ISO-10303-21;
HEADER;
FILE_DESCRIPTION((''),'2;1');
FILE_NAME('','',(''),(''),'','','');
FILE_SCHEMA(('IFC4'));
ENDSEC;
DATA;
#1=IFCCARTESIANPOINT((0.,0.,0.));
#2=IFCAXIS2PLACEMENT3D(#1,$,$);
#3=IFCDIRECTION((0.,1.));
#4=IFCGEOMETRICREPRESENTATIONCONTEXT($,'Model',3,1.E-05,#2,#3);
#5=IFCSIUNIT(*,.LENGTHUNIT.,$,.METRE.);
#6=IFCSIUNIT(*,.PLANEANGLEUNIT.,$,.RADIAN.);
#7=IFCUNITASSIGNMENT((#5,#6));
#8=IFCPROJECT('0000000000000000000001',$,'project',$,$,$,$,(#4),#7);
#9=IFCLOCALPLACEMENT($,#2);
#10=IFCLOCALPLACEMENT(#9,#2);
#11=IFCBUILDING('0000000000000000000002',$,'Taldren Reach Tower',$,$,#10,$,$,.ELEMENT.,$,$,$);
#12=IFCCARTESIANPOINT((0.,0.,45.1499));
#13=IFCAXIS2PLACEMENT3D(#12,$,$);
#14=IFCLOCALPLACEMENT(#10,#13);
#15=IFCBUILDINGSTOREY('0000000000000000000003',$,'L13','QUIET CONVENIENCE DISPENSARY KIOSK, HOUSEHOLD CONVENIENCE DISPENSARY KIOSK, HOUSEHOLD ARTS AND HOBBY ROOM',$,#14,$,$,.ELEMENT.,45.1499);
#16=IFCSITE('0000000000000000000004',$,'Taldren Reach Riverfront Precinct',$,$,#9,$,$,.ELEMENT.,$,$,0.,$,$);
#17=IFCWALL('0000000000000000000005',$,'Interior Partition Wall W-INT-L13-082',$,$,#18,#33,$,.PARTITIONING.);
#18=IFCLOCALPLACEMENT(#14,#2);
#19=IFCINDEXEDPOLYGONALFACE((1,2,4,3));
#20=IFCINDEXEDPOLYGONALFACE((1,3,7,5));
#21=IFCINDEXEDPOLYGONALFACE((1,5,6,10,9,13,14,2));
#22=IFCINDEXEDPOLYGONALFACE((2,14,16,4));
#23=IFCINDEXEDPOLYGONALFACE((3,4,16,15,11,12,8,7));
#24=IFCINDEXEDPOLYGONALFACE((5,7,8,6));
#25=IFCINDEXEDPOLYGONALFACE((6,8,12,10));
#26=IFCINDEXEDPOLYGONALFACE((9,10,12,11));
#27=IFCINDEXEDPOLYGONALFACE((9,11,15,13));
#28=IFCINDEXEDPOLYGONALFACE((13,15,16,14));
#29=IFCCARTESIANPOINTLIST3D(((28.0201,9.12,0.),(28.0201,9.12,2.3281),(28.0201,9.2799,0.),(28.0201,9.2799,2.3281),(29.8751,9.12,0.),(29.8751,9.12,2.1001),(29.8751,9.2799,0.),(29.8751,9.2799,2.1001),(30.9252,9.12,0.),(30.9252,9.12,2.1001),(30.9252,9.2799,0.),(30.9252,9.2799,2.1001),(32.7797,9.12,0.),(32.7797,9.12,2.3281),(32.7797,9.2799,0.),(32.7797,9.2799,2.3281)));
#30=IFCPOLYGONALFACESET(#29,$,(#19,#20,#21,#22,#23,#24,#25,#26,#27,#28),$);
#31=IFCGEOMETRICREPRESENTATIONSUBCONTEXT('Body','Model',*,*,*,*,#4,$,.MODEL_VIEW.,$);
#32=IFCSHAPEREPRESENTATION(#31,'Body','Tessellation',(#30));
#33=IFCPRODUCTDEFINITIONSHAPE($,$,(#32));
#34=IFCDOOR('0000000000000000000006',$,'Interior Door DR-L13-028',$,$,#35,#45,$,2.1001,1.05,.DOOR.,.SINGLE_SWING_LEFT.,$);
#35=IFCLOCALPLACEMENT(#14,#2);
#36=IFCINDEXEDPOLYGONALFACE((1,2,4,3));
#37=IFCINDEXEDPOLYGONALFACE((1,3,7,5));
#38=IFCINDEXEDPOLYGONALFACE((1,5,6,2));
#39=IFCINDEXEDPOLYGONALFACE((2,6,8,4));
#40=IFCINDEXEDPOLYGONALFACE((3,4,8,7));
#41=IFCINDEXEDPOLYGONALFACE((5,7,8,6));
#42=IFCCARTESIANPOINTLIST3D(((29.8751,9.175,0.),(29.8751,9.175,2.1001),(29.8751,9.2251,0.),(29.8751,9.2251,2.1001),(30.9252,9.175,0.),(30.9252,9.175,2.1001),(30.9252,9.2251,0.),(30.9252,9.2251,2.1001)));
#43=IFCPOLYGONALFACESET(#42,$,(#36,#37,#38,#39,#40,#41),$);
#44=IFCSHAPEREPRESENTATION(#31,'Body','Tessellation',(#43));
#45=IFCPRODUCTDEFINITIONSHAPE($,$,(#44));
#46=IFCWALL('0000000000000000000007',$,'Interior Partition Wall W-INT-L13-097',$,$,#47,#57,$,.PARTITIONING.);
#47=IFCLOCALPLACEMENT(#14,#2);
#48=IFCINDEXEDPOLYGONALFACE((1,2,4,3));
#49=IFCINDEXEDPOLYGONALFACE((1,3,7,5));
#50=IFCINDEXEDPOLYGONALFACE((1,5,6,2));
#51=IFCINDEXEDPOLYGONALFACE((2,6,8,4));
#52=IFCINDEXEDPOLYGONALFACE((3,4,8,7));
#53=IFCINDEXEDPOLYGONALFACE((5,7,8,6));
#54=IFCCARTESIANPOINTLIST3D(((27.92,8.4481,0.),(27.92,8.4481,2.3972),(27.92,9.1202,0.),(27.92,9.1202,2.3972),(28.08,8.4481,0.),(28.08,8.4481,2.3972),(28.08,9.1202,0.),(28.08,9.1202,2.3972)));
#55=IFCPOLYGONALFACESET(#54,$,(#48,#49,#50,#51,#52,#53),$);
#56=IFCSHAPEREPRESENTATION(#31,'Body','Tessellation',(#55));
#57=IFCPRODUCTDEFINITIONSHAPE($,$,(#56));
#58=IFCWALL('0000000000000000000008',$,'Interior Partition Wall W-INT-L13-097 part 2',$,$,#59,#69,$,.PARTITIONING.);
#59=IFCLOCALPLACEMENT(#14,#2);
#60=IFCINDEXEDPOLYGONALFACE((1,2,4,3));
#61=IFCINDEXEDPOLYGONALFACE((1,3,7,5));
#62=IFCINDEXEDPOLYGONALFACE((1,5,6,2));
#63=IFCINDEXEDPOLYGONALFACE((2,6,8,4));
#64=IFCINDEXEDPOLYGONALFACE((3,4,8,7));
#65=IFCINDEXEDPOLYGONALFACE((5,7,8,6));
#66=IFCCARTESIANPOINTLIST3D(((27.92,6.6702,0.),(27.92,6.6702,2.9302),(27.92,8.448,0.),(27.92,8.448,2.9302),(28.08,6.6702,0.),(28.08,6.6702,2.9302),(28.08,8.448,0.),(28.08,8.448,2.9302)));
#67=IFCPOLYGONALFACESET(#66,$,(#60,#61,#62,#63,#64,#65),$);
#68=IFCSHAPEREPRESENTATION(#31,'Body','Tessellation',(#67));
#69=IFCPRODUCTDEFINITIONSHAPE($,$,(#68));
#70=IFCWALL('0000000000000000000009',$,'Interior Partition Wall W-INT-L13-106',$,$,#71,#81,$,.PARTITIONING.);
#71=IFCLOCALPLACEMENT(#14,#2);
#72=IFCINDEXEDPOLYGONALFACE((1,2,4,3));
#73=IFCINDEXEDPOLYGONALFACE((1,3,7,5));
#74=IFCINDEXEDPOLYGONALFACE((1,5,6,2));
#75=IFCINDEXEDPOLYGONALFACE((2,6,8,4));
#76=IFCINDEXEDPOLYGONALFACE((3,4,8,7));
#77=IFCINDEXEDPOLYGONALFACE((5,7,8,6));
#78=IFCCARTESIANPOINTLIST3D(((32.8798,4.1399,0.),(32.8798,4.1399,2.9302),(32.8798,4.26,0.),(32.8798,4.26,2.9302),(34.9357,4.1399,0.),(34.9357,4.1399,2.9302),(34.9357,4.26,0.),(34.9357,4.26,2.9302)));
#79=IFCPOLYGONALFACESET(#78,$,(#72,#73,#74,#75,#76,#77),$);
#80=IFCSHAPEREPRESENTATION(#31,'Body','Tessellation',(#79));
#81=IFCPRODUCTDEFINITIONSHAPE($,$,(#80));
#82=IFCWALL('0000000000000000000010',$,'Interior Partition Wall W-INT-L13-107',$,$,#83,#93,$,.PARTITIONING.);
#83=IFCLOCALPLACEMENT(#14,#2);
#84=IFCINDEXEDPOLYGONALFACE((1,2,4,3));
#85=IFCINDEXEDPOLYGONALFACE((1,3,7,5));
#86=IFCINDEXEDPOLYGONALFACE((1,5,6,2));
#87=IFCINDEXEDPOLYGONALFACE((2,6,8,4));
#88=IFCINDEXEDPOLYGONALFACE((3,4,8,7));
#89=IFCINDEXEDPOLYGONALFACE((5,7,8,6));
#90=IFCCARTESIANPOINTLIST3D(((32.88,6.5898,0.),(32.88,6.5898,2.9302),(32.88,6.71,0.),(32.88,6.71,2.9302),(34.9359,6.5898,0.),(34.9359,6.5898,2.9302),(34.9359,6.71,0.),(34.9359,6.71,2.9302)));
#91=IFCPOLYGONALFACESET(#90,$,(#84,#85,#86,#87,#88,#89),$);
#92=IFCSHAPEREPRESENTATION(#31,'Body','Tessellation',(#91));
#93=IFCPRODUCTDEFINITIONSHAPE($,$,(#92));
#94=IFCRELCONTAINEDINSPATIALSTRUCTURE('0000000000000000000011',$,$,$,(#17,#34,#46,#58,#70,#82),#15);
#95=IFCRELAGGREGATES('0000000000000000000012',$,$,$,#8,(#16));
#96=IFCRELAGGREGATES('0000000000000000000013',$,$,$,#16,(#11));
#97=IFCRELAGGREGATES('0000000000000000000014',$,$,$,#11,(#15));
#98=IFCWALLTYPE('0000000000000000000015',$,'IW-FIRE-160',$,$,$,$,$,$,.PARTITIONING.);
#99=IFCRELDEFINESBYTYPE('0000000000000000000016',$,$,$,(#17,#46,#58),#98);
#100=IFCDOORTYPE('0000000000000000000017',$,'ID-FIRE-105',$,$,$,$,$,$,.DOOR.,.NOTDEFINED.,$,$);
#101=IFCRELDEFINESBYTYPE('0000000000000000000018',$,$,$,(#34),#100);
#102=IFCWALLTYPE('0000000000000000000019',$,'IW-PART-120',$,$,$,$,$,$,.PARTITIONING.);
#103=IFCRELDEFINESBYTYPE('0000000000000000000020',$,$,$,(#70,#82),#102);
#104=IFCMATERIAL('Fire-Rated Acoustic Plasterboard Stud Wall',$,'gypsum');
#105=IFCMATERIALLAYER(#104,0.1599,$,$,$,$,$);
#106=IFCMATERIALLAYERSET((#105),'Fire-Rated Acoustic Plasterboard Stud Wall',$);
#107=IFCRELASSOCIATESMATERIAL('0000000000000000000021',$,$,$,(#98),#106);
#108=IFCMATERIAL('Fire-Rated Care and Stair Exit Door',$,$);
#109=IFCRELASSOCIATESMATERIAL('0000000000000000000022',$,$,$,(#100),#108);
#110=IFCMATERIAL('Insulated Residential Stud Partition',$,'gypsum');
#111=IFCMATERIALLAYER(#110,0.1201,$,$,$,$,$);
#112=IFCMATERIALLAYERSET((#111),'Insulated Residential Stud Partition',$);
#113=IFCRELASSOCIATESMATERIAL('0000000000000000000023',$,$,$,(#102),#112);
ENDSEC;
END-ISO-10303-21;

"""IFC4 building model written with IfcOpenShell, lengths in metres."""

from ifc_helpers import new_model, si_unit, direction, frame, frame_2d, origin, place, context, subcontext, project, spatial, rectangle, extrude, source, transform, mapped, material, layer, layer_set, type_object, element, fill, save


model = new_model("IFC4")

# Units and contexts
model_context = context("Model", 3, precision=1e-05, world=origin(), true_north=direction((0.0, 1.0)))
body_context = subcontext(model_context, "Body", "Model", "MODEL_VIEW")
ifc_project = project(units=[si_unit("LENGTHUNIT", "METRE"), si_unit("PLANEANGLEUNIT", "RADIAN")], contexts=[model_context])

# Site, building, storey
site_placement = place(None, origin())
site = spatial("IfcSite", under=ifc_project, at=site_placement, Name="Taldren Reach Riverfront Precinct", CompositionType="ELEMENT", RefElevation=0.0)
building_placement = place(site_placement, origin())
building = spatial("IfcBuilding", under=site, at=building_placement, Name="Taldren Reach Tower", CompositionType="ELEMENT")
storey_placement = place(building_placement, frame((0.0, 0.0, 45.1499)))
storey = spatial("IfcBuildingStorey", under=building, at=storey_placement, Name="L13", Description="QUIET CONVENIENCE DISPENSARY KIOSK, HOUSEHOLD CONVENIENCE DISPENSARY KIOSK, HOUSEHOLD ARTS AND HOBBY ROOM", CompositionType="ELEMENT", Elevation=45.1499)

# Shared definitions
ifc_material_1 = material(Name="Fire-Rated Acoustic Plasterboard Stud Wall", Category="gypsum")
ifc_layer_1 = layer(ifc_material_1, 0.1599)
ifc_layer_set_1 = layer_set([ifc_layer_1], Name="Fire-Rated Acoustic Plasterboard Stud Wall")
wall_type_1 = type_object("IfcWallType", Name="IW-FIRE-160", PredefinedType="PARTITIONING", material=ifc_layer_set_1)
shared_shape_1 = source(origin(), body_context, "Body", "SweptSolid", [
    extrude(rectangle(XDim=1.05, YDim=2.1001, at=frame_2d((0.5249, 1.05))), frame((0.0, 0.0898, 0.0), z_axis=(0.0, -1.0, 0.0), x_axis=(1.0, 0.0, 0.0)), (0.0, 0.0, 1.0), 0.1799),
])
ifc_material_2 = material(Name="Fire-Rated Care and Stair Exit Door")
door_type_1 = type_object("IfcDoorType", Name="ID-FIRE-105", OperationType="NOTDEFINED", PredefinedType="DOOR", material=ifc_material_2)
shared_shape_2 = source(origin(), body_context, "Body", "SweptSolid", [
    extrude(rectangle(XDim=1.05, YDim=2.1001, at=frame_2d((0.5249, 1.05))), frame((0.0, 0.0249, 0.0), z_axis=(0.0, -1.0, 0.0), x_axis=(1.0, 0.0, 0.0)), (0.0, 0.0, 1.0), 0.05),
])

# Shared definitions
ifc_material_3 = material(Name="Insulated Residential Stud Partition", Category="gypsum")
ifc_layer_2 = layer(ifc_material_3, 0.1201)
ifc_layer_set_2 = layer_set([ifc_layer_2], Name="Insulated Residential Stud Partition")
wall_type_2 = type_object("IfcWallType", Name="IW-PART-120", PredefinedType="PARTITIONING", material=ifc_layer_set_2)

# Wall, opening, door
shared_shape_3 = source(origin(), body_context, "Body", "SweptSolid", [
    extrude(rectangle(XDim=4.7595, YDim=0.1599, at=frame_2d((2.3799, 0.0))), origin(), (0.0, 0.0, 1.0), 2.3281),
])
wall_1_placement = place(storey_placement, frame((32.7798, 9.2, 0.0), z_axis=(0.0, 0.0, 1.0), x_axis=(-1.0, 0.0, 0.0)))
wall_1 = element("IfcWall", 1, at=wall_1_placement, inside=storey, type_object=wall_type_1, Name="Interior Partition Wall W-INT-L13-082", PredefinedType="PARTITIONING", context=body_context, shape_type="MappedRepresentation", body=[
    mapped(shared_shape_3, transform((0.0, 0.0, 0.0), scale=1.0)),
])
opening_1_placement = place(wall_1_placement, frame((1.8547, 0.0, 0.0)))
opening_1 = element("IfcOpeningElement", 2, at=opening_1_placement, cuts=wall_1, PredefinedType="OPENING", context=body_context, shape_type="MappedRepresentation", body=[
    mapped(shared_shape_1, transform((0.0, 0.0, 0.0), scale=1.0)),
])
door_1_placement = place(opening_1_placement, origin())
door_1 = element("IfcDoor", 3, at=door_1_placement, inside=storey, type_object=door_type_1, Name="Interior Door DR-L13-028", OperationType="SINGLE_SWING_LEFT", OverallHeight=2.1001, OverallWidth=1.05, PredefinedType="DOOR", context=body_context, shape_type="MappedRepresentation", body=[
    mapped(shared_shape_2, transform((0.0, 0.0, 0.0), scale=1.0)),
])
fill(opening_1, door_1)

# Walls
shared_shape_4 = source(origin(), body_context, "Body", "SweptSolid", [
    extrude(rectangle(XDim=0.6721, YDim=0.1599, at=frame_2d((0.3359, 0.0))), origin(), (0.0, 0.0, 1.0), 2.3972),
])
wall_2_placement = place(storey_placement, frame((28.0, 9.1201, 0.0), z_axis=(0.0, 0.0, 1.0), x_axis=(0.0, -1.0, 0.0)))
element("IfcWall", 4, at=wall_2_placement, inside=storey, type_object=wall_type_1, Name="Interior Partition Wall W-INT-L13-097", PredefinedType="PARTITIONING", context=body_context, shape_type="MappedRepresentation", body=[
    mapped(shared_shape_4, transform((0.0, 0.0, 0.0), scale=1.0)),
])
shared_shape_5 = source(origin(), body_context, "Body", "SweptSolid", [
    extrude(rectangle(XDim=1.7778, YDim=0.1599, at=frame_2d((0.8889, 0.0))), origin(), (0.0, 0.0, 1.0), 2.9302),
])
wall_3_placement = place(storey_placement, frame((28.0, 8.448, 0.0), z_axis=(0.0, 0.0, 1.0), x_axis=(0.0, -1.0, 0.0)))
element("IfcWall", 5, at=wall_3_placement, inside=storey, type_object=wall_type_1, Name="Interior Partition Wall W-INT-L13-097 part 2", PredefinedType="PARTITIONING", context=body_context, shape_type="MappedRepresentation", body=[
    mapped(shared_shape_5, transform((0.0, 0.0, 0.0), scale=1.0)),
])
shared_shape_6 = source(origin(), body_context, "Body", "SweptSolid", [
    extrude(rectangle(XDim=2.0559, YDim=0.1201, at=frame_2d((1.0278, 0.0))), origin(), (0.0, 0.0, 1.0), 2.9302),
])
for number, where, z_axis, x_axis, name in (
    (6, (32.8799, 4.2, 0.0), (0.0, 0.0, 1.0), (1.0, 0.0, 0.0), "Interior Partition Wall W-INT-L13-106"),
    (7, (34.9358, 6.6499, 0.0), (0.0, 0.0, 1.0), (-1.0, 0.0, 0.0), "Interior Partition Wall W-INT-L13-107"),
):
    element("IfcWall", number, at=place(storey_placement, frame(where, z_axis=z_axis, x_axis=x_axis)), inside=storey, type_object=wall_type_2, Name=name, PredefinedType="PARTITIONING", context=body_context, shape_type="MappedRepresentation", body=[
        mapped(shared_shape_6, transform((0.0, 0.0, 0.0), scale=1.0)),
    ])

save(model, "model.ifc")
